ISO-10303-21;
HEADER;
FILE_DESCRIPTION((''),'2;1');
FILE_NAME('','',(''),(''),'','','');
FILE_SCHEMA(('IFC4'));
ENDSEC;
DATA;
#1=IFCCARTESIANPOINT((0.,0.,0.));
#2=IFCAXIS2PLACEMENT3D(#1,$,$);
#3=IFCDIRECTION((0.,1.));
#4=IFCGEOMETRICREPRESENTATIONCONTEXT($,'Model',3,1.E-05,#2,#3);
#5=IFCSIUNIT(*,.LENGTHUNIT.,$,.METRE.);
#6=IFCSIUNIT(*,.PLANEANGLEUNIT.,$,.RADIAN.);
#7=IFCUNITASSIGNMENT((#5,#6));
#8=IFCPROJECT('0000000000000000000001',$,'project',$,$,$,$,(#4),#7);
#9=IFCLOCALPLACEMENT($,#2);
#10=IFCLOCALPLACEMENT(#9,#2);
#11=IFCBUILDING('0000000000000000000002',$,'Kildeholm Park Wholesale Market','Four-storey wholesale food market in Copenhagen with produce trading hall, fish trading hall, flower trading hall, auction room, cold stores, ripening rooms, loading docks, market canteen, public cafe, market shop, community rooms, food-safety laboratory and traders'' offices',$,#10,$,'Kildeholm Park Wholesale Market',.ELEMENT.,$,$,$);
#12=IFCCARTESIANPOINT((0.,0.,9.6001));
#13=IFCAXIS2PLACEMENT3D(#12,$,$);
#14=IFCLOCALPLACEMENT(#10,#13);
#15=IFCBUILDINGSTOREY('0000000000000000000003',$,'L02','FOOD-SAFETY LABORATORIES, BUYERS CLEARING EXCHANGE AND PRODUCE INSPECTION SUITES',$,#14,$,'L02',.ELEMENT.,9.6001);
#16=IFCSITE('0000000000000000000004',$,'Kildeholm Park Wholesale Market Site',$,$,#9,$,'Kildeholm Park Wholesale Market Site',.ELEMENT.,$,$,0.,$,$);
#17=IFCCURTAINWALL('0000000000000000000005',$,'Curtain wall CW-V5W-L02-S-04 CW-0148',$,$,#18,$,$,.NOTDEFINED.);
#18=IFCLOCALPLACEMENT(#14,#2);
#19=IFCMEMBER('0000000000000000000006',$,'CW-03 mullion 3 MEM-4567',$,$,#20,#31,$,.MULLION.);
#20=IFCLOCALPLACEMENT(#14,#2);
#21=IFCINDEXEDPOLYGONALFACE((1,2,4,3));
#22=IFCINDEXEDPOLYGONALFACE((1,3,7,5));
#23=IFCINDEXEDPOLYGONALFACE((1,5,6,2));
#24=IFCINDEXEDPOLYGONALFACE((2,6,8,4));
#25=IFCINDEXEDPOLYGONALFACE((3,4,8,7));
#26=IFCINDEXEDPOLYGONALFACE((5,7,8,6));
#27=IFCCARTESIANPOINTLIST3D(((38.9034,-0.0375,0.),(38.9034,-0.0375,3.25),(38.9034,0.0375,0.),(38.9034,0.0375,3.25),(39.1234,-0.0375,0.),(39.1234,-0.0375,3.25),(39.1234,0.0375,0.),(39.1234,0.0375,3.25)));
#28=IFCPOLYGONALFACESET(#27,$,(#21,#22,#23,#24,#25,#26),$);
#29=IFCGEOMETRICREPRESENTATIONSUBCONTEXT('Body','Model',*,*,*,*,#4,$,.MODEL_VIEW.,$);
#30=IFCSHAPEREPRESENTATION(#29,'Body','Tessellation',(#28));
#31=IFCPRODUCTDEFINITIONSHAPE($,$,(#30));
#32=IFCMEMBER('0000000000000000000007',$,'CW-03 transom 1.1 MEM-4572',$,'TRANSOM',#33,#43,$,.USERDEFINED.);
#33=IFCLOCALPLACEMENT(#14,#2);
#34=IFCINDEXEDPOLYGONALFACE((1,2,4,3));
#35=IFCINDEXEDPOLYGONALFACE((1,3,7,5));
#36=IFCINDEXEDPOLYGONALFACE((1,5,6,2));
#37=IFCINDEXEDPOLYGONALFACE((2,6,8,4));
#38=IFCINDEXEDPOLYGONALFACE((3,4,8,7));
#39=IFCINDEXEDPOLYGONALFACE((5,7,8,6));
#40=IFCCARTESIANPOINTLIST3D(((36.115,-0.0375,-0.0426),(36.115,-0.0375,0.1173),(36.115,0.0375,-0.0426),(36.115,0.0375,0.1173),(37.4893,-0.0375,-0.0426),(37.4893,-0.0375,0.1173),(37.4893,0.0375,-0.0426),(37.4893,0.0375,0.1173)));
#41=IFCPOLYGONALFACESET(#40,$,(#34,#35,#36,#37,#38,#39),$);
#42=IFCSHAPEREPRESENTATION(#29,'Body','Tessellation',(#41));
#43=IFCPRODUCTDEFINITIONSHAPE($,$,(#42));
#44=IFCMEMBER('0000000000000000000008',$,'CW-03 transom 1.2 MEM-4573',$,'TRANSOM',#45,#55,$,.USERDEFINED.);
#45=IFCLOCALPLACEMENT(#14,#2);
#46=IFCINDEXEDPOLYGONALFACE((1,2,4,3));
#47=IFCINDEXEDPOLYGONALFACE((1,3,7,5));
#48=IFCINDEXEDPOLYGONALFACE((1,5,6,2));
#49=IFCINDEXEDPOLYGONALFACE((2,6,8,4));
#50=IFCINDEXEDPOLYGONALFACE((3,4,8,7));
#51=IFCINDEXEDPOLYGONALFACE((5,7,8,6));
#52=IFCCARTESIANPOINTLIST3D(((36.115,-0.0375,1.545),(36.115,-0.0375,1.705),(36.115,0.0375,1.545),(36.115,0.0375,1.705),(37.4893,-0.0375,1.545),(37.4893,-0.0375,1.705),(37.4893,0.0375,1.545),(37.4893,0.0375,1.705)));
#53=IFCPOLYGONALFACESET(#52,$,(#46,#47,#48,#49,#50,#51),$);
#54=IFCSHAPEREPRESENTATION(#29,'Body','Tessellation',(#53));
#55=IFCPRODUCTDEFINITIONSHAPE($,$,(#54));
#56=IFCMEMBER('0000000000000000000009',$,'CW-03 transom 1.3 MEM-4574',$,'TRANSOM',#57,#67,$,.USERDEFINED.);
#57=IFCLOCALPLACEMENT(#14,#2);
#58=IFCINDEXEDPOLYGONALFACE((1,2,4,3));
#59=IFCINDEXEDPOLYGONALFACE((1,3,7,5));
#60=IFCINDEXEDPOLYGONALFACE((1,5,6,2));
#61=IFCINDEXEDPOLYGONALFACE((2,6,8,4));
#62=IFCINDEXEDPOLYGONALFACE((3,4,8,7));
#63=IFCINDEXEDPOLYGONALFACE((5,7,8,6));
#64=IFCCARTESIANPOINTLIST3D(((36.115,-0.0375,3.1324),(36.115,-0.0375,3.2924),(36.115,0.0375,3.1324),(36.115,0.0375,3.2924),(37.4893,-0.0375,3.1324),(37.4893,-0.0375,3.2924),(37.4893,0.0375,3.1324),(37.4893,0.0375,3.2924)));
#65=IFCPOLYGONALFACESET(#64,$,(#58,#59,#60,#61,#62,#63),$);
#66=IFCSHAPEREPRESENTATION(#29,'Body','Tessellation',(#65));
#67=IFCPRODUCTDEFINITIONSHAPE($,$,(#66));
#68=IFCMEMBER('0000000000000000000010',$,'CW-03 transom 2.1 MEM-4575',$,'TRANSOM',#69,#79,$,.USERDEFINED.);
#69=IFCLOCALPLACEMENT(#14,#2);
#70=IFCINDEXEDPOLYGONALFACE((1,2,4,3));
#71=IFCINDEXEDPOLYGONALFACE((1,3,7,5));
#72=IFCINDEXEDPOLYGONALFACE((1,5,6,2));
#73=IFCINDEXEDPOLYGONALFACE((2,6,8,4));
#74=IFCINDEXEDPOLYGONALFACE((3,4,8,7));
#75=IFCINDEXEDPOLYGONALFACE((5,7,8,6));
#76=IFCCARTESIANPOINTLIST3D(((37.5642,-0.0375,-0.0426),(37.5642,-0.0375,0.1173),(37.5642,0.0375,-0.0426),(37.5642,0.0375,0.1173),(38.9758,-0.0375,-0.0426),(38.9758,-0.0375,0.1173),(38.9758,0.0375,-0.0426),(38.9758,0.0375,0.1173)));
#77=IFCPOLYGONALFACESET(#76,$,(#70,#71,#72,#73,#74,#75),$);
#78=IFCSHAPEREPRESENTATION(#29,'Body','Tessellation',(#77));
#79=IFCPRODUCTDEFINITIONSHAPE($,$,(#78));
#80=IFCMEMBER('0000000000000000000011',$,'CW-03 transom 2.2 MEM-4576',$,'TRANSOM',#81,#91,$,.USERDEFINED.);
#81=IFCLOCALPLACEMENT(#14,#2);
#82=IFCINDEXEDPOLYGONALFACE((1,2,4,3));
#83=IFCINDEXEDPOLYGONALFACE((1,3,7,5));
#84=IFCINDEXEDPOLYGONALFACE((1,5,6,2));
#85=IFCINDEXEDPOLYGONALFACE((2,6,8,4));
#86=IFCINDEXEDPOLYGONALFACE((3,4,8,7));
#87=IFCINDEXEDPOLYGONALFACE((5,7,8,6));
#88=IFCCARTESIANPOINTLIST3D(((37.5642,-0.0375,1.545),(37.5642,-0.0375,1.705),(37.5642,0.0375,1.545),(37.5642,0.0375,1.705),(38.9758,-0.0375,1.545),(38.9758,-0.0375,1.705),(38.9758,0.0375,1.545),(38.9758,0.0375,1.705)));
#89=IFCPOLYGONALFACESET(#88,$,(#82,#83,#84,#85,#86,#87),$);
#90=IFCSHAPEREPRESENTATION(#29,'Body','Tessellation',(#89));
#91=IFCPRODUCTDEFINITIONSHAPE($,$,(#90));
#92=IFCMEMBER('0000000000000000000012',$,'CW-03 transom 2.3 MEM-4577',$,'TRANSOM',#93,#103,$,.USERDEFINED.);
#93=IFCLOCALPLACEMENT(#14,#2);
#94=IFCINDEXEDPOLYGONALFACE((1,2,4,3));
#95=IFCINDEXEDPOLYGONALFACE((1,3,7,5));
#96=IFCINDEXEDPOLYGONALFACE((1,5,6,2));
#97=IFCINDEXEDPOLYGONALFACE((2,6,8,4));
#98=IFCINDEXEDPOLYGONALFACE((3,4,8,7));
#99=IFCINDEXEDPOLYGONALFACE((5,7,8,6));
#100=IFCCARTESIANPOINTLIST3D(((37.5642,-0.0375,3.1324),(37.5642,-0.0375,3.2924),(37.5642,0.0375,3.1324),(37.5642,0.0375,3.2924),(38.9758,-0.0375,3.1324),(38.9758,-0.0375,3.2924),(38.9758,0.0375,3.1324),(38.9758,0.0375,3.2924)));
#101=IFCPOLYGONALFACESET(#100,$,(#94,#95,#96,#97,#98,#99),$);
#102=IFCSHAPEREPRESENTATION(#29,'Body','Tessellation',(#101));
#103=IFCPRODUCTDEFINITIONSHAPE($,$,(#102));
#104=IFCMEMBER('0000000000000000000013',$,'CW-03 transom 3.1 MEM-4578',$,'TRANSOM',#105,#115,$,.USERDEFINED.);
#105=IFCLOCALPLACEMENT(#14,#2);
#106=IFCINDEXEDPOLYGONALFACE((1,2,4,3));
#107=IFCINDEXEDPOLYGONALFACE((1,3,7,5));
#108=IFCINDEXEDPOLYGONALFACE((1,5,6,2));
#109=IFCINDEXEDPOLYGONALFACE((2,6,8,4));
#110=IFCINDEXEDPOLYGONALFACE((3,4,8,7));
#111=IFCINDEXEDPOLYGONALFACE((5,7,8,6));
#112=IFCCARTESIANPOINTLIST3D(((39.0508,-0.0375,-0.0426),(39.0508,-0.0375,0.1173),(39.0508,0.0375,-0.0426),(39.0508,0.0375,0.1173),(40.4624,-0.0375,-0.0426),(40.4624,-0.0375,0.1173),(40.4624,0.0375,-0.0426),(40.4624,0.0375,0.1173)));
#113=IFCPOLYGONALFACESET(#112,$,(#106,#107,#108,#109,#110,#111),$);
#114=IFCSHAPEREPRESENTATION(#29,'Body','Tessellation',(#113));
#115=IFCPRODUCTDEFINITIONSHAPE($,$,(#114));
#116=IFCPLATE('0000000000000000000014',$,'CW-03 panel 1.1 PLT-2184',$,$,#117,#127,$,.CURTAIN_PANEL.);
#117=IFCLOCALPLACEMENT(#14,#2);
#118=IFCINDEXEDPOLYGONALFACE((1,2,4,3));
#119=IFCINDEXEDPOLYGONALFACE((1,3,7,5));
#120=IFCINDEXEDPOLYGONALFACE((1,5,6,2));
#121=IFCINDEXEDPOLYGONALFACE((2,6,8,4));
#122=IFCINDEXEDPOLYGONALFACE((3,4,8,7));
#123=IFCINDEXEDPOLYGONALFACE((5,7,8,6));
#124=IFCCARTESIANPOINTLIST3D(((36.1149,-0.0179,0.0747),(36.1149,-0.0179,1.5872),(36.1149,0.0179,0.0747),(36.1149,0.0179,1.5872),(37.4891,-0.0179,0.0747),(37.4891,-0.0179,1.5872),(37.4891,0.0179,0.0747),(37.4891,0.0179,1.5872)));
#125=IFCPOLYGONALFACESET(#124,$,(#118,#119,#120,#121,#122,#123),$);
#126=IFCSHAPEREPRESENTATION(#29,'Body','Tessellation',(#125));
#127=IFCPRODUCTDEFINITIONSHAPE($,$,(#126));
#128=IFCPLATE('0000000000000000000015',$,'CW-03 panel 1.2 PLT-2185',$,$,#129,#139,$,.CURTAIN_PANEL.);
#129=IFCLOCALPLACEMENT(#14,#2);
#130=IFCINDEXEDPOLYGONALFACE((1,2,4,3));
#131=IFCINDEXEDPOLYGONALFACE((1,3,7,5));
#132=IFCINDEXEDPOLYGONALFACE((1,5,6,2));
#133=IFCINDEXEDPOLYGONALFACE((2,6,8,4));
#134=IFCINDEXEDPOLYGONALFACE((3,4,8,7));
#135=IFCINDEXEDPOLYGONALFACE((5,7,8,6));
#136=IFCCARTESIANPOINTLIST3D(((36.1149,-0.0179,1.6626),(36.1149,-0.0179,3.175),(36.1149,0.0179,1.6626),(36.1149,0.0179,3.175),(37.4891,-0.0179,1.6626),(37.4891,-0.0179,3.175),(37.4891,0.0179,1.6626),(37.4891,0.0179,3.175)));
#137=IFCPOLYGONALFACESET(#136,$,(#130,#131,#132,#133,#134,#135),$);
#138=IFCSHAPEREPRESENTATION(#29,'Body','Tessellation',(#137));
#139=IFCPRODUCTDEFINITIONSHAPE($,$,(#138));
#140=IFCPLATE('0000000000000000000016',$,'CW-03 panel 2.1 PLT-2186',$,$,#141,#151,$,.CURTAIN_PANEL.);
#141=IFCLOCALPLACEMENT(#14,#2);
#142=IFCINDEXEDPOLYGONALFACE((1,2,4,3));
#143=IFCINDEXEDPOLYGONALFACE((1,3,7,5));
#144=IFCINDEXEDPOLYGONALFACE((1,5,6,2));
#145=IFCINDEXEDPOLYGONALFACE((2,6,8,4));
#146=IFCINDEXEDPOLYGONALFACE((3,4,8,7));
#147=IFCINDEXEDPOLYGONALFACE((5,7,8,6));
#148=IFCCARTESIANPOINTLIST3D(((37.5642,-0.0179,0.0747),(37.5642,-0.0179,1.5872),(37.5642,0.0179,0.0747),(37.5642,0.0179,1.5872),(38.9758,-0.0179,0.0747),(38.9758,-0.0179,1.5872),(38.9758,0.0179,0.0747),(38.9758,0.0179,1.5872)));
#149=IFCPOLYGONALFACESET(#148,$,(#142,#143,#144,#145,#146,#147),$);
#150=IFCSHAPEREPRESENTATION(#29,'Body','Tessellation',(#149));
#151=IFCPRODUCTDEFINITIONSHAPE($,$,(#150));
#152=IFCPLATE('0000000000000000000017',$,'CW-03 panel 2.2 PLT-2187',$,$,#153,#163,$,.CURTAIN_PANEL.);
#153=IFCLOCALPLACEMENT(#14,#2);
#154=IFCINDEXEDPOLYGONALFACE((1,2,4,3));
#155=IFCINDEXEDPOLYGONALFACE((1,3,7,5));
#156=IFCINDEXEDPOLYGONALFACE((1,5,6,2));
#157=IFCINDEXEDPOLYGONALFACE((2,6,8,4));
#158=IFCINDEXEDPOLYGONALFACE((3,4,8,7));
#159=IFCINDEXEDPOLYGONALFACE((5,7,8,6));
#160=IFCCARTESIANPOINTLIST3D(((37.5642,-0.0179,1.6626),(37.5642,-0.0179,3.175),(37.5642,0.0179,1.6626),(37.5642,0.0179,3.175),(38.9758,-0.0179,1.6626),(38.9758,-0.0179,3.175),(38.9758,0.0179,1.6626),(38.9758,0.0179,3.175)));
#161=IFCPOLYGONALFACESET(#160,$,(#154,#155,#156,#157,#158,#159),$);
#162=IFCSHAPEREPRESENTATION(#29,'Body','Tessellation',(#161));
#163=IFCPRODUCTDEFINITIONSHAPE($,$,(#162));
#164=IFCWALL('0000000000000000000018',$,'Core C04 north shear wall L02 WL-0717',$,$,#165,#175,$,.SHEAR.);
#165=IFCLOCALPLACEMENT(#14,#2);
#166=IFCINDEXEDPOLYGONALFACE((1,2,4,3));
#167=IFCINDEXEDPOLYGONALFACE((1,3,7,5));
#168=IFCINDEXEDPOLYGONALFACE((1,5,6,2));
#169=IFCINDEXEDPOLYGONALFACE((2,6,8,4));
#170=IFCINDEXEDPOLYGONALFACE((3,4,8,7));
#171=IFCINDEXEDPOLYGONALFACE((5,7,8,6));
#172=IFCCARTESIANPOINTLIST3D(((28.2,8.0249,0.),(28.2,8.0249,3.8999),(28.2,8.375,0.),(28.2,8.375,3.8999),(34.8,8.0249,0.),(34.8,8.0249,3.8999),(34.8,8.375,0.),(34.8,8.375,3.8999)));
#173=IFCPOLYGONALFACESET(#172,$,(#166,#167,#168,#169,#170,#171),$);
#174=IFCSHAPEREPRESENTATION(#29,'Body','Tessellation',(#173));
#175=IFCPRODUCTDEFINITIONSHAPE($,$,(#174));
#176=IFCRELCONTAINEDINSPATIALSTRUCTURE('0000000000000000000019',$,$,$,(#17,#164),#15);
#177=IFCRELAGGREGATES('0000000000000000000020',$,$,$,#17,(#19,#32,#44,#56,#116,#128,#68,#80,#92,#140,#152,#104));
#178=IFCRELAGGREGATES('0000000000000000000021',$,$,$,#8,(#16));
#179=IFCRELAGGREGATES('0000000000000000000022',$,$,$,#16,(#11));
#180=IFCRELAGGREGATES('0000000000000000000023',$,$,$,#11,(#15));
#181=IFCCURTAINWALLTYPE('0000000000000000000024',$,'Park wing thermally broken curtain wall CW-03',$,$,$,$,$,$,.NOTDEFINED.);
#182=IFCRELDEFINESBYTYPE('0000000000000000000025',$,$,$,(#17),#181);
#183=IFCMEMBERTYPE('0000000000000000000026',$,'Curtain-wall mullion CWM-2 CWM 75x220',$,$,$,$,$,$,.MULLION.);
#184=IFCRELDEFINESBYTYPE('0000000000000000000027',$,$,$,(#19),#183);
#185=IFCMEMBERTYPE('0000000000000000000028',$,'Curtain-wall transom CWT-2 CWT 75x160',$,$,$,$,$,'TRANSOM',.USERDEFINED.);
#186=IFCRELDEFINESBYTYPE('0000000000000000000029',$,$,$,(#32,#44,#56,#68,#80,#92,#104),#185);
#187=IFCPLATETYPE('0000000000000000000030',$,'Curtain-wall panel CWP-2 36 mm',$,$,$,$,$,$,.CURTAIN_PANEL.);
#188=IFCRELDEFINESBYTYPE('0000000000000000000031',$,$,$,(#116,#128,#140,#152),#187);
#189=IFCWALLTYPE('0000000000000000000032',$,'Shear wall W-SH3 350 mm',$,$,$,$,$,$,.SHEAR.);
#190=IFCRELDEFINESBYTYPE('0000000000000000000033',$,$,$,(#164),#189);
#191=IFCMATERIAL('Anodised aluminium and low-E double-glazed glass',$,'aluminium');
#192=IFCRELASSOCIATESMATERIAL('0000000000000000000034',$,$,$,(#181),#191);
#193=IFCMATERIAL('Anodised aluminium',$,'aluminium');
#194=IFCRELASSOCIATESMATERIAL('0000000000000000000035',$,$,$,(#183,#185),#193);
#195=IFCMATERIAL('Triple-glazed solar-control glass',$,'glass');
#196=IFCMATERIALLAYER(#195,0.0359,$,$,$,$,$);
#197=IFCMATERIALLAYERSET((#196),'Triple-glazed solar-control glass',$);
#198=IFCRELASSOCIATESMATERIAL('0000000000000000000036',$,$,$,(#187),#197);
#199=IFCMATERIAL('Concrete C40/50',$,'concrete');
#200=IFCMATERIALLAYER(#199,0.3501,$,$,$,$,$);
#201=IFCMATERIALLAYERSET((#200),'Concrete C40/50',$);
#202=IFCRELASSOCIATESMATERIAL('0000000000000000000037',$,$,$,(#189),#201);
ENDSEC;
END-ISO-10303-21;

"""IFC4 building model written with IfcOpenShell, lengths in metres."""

from ifc_helpers import new_model, si_unit, direction, frame, frame_2d, origin, origin_2d, place, context, subcontext, project, spatial, rectangle, extrude, material, layer, layer_set, material_profile, profile_set, type_object, element, aggregate, save


model = new_model("IFC4")

# Units and contexts
model_context = context("Model", 3, precision=1e-05, world=origin(), true_north=direction((0.0, 1.0)))
body_context = subcontext(model_context, "Body", "Model", "MODEL_VIEW")
ifc_project = project(units=[si_unit("LENGTHUNIT", "METRE"), si_unit("PLANEANGLEUNIT", "RADIAN")], contexts=[model_context])

# Site, building, storey
site_placement = place(None, origin())
site = spatial("IfcSite", under=ifc_project, at=site_placement, Name="Kildeholm Park Wholesale Market Site", LongName="Kildeholm Park Wholesale Market Site", CompositionType="ELEMENT", RefElevation=0.0)
building_placement = place(site_placement, origin())
building = spatial("IfcBuilding", under=site, at=building_placement, Name="Kildeholm Park Wholesale Market", Description="Four-storey wholesale food market in Copenhagen with produce trading hall, fish trading hall, flower trading hall, auction room, cold stores, ripening rooms, loading docks, market canteen, public cafe, market shop, community rooms, food-safety laboratory and traders' offices", LongName="Kildeholm Park Wholesale Market", CompositionType="ELEMENT")
storey_placement = place(building_placement, frame((0.0, 0.0, 9.6001)))
storey = spatial("IfcBuildingStorey", under=building, at=storey_placement, Name="L02", Description="FOOD-SAFETY LABORATORIES, BUYERS CLEARING EXCHANGE AND PRODUCE INSPECTION SUITES", LongName="L02", CompositionType="ELEMENT", Elevation=9.6001)

# Curtain wall, members, plates
ifc_material_1 = material(Name="Anodised aluminium and low-E double-glazed glass", Category="aluminium")
curtain_wall_type = type_object("IfcCurtainWallType", Name="Park wing thermally broken curtain wall CW-03", PredefinedType="NOTDEFINED", material=ifc_material_1)
curtain_wall_placement = place(storey_placement, origin())
curtain_wall = element("IfcCurtainWall", 1, at=curtain_wall_placement, inside=storey, type_object=curtain_wall_type, Name="Curtain wall CW-V5W-L02-S-04 CW-0148", PredefinedType="NOTDEFINED")
ifc_material_2 = material(Name="Anodised aluminium", Category="aluminium")
ifc_material_profile_1 = material_profile(ifc_material_2, rectangle(XDim=0.075, YDim=0.22, at=origin_2d()), Name="CWM 75x220")
ifc_profile_set_1 = profile_set([ifc_material_profile_1], Name="Anodised aluminium")
member_type_1 = type_object("IfcMemberType", Name="Curtain-wall mullion CWM-2 CWM 75x220", PredefinedType="MULLION", material=ifc_profile_set_1)
member_1_placement = place(storey_placement, frame((39.0134, 0.0, 0.0), z_axis=(0.0, 0.0, 1.0), x_axis=(0.0, 1.0, 0.0)))
member_1 = element("IfcMember", 2, at=member_1_placement, type_object=member_type_1, Name="CW-03 mullion 3 MEM-4567", PredefinedType="MULLION", context=body_context, shape_type="SweptSolid", body=[
    extrude(rectangle(XDim=0.075, YDim=0.22, at=origin_2d()), origin(), (0.0, 0.0, 1.0), 3.25),
])
ifc_material_profile_2 = material_profile(ifc_material_2, rectangle(XDim=0.075, YDim=0.1599, at=origin_2d()), Name="CWT 75x160")
ifc_profile_set_2 = profile_set([ifc_material_profile_2], Name="Anodised aluminium")
member_type_2 = type_object("IfcMemberType", Name="Curtain-wall transom CWT-2 CWT 75x160", ElementType="TRANSOM", PredefinedType="USERDEFINED", material=ifc_profile_set_2)
member_2_placement = place(storey_placement, frame((36.115, 0.0, 0.0374), z_axis=(1.0, 0.0, 0.0), x_axis=(0.0, 1.0, 0.0)))
member_2 = element("IfcMember", 3, at=member_2_placement, type_object=member_type_2, Name="CW-03 transom 1.1 MEM-4572", ObjectType="TRANSOM", PredefinedType="USERDEFINED", context=body_context, shape_type="SweptSolid", body=[
    extrude(rectangle(XDim=0.075, YDim=0.1599, at=origin_2d()), origin(), (0.0, 0.0, 1.0), 1.3743),
])
member_3_placement = place(storey_placement, frame((36.115, 0.0, 1.625), z_axis=(1.0, 0.0, 0.0), x_axis=(0.0, 1.0, 0.0)))
member_3 = element("IfcMember", 4, at=member_3_placement, type_object=member_type_2, Name="CW-03 transom 1.2 MEM-4573", ObjectType="TRANSOM", PredefinedType="USERDEFINED", context=body_context, shape_type="SweptSolid", body=[
    extrude(rectangle(XDim=0.075, YDim=0.1599, at=origin_2d()), origin(), (0.0, 0.0, 1.0), 1.3743),
])
member_4_placement = place(storey_placement, frame((36.115, 0.0, 3.2124), z_axis=(1.0, 0.0, 0.0), x_axis=(0.0, 1.0, 0.0)))
member_4 = element("IfcMember", 5, at=member_4_placement, type_object=member_type_2, Name="CW-03 transom 1.3 MEM-4574", ObjectType="TRANSOM", PredefinedType="USERDEFINED", context=body_context, shape_type="SweptSolid", body=[
    extrude(rectangle(XDim=0.075, YDim=0.1599, at=origin_2d()), origin(), (0.0, 0.0, 1.0), 1.3743),
])
member_5_placement = place(storey_placement, frame((37.5642, 0.0, 0.0374), z_axis=(1.0, 0.0, 0.0), x_axis=(0.0, 1.0, 0.0)))
member_5 = element("IfcMember", 6, at=member_5_placement, type_object=member_type_2, Name="CW-03 transom 2.1 MEM-4575", ObjectType="TRANSOM", PredefinedType="USERDEFINED", context=body_context, shape_type="SweptSolid", body=[
    extrude(rectangle(XDim=0.075, YDim=0.1599, at=origin_2d()), origin(), (0.0, 0.0, 1.0), 1.4116),
])
member_6_placement = place(storey_placement, frame((37.5642, 0.0, 1.625), z_axis=(1.0, 0.0, 0.0), x_axis=(0.0, 1.0, 0.0)))
member_6 = element("IfcMember", 7, at=member_6_placement, type_object=member_type_2, Name="CW-03 transom 2.2 MEM-4576", ObjectType="TRANSOM", PredefinedType="USERDEFINED", context=body_context, shape_type="SweptSolid", body=[
    extrude(rectangle(XDim=0.075, YDim=0.1599, at=origin_2d()), origin(), (0.0, 0.0, 1.0), 1.4116),
])
member_7_placement = place(storey_placement, frame((37.5642, 0.0, 3.2124), z_axis=(1.0, 0.0, 0.0), x_axis=(0.0, 1.0, 0.0)))
member_7 = element("IfcMember", 8, at=member_7_placement, type_object=member_type_2, Name="CW-03 transom 2.3 MEM-4577", ObjectType="TRANSOM", PredefinedType="USERDEFINED", context=body_context, shape_type="SweptSolid", body=[
    extrude(rectangle(XDim=0.075, YDim=0.1599, at=origin_2d()), origin(), (0.0, 0.0, 1.0), 1.4116),
])
member_8_placement = place(storey_placement, frame((39.0508, 0.0, 0.0374), z_axis=(1.0, 0.0, 0.0), x_axis=(0.0, 1.0, 0.0)))
member_8 = element("IfcMember", 9, at=member_8_placement, type_object=member_type_2, Name="CW-03 transom 3.1 MEM-4578", ObjectType="TRANSOM", PredefinedType="USERDEFINED", context=body_context, shape_type="SweptSolid", body=[
    extrude(rectangle(XDim=0.075, YDim=0.1599, at=origin_2d()), origin(), (0.0, 0.0, 1.0), 1.4116),
])
ifc_material_3 = material(Name="Triple-glazed solar-control glass", Category="glass")
ifc_layer_1 = layer(ifc_material_3, 0.0359)
ifc_layer_set_1 = layer_set([ifc_layer_1], Name="Triple-glazed solar-control glass")
plate_type = type_object("IfcPlateType", Name="Curtain-wall panel CWP-2 36 mm", PredefinedType="CURTAIN_PANEL", material=ifc_layer_set_1)
plate_1_placement = place(storey_placement, frame((36.802, 0.0, 0.0747), z_axis=(0.0, 0.0, 1.0), x_axis=(1.0, 0.0, 0.0)))
plate_1 = element("IfcPlate", 10, at=plate_1_placement, type_object=plate_type, Name="CW-03 panel 1.1 PLT-2184", PredefinedType="CURTAIN_PANEL", context=body_context, shape_type="SweptSolid", body=[
    extrude(rectangle(XDim=1.3743, YDim=0.0359, at=origin_2d()), origin(), (0.0, 0.0, 1.0), 1.5125),
])
plate_2_placement = place(storey_placement, frame((36.802, 0.0, 1.6626), z_axis=(0.0, 0.0, 1.0), x_axis=(1.0, 0.0, 0.0)))
plate_2 = element("IfcPlate", 11, at=plate_2_placement, type_object=plate_type, Name="CW-03 panel 1.2 PLT-2185", PredefinedType="CURTAIN_PANEL", context=body_context, shape_type="SweptSolid", body=[
    extrude(rectangle(XDim=1.3743, YDim=0.0359, at=origin_2d()), origin(), (0.0, 0.0, 1.0), 1.5125),
])
plate_3_placement = place(storey_placement, frame((38.27, 0.0, 0.0747), z_axis=(0.0, 0.0, 1.0), x_axis=(1.0, 0.0, 0.0)))
plate_3 = element("IfcPlate", 12, at=plate_3_placement, type_object=plate_type, Name="CW-03 panel 2.1 PLT-2186", PredefinedType="CURTAIN_PANEL", context=body_context, shape_type="SweptSolid", body=[
    extrude(rectangle(XDim=1.4116, YDim=0.0359, at=origin_2d()), origin(), (0.0, 0.0, 1.0), 1.5125),
])
plate_4_placement = place(storey_placement, frame((38.27, 0.0, 1.6626), z_axis=(0.0, 0.0, 1.0), x_axis=(1.0, 0.0, 0.0)))
plate_4 = element("IfcPlate", 13, at=plate_4_placement, type_object=plate_type, Name="CW-03 panel 2.2 PLT-2187", PredefinedType="CURTAIN_PANEL", context=body_context, shape_type="SweptSolid", body=[
    extrude(rectangle(XDim=1.4116, YDim=0.0359, at=origin_2d()), origin(), (0.0, 0.0, 1.0), 1.5125),
])
aggregate(curtain_wall, [member_1, member_2, member_3, member_4, plate_1, plate_2, member_5, member_6, member_7, plate_3, plate_4, member_8])

# Shared definitions
ifc_material_4 = material(Name="Concrete C40/50", Category="concrete")

# Wall
ifc_layer_2 = layer(ifc_material_4, 0.3501)
ifc_layer_set_2 = layer_set([ifc_layer_2], Name="Concrete C40/50")
wall_type_1 = type_object("IfcWallType", Name="Shear wall W-SH3 350 mm", PredefinedType="SHEAR", material=ifc_layer_set_2)
wall_1_placement = place(storey_placement, frame((28.2, 8.2, 0.0), z_axis=(0.0, 0.0, 1.0), x_axis=(1.0, 0.0, 0.0)))
element("IfcWall", 14, at=wall_1_placement, inside=storey, type_object=wall_type_1, Name="Core C04 north shear wall L02 WL-0717", PredefinedType="SHEAR", context=body_context, shape_type="SweptSolid", body=[
    extrude(rectangle(XDim=6.6001, YDim=0.3501, at=frame_2d((3.3, 0.0))), origin(), (0.0, 0.0, 1.0), 3.8999),
])

save(model, "model.ifc")
